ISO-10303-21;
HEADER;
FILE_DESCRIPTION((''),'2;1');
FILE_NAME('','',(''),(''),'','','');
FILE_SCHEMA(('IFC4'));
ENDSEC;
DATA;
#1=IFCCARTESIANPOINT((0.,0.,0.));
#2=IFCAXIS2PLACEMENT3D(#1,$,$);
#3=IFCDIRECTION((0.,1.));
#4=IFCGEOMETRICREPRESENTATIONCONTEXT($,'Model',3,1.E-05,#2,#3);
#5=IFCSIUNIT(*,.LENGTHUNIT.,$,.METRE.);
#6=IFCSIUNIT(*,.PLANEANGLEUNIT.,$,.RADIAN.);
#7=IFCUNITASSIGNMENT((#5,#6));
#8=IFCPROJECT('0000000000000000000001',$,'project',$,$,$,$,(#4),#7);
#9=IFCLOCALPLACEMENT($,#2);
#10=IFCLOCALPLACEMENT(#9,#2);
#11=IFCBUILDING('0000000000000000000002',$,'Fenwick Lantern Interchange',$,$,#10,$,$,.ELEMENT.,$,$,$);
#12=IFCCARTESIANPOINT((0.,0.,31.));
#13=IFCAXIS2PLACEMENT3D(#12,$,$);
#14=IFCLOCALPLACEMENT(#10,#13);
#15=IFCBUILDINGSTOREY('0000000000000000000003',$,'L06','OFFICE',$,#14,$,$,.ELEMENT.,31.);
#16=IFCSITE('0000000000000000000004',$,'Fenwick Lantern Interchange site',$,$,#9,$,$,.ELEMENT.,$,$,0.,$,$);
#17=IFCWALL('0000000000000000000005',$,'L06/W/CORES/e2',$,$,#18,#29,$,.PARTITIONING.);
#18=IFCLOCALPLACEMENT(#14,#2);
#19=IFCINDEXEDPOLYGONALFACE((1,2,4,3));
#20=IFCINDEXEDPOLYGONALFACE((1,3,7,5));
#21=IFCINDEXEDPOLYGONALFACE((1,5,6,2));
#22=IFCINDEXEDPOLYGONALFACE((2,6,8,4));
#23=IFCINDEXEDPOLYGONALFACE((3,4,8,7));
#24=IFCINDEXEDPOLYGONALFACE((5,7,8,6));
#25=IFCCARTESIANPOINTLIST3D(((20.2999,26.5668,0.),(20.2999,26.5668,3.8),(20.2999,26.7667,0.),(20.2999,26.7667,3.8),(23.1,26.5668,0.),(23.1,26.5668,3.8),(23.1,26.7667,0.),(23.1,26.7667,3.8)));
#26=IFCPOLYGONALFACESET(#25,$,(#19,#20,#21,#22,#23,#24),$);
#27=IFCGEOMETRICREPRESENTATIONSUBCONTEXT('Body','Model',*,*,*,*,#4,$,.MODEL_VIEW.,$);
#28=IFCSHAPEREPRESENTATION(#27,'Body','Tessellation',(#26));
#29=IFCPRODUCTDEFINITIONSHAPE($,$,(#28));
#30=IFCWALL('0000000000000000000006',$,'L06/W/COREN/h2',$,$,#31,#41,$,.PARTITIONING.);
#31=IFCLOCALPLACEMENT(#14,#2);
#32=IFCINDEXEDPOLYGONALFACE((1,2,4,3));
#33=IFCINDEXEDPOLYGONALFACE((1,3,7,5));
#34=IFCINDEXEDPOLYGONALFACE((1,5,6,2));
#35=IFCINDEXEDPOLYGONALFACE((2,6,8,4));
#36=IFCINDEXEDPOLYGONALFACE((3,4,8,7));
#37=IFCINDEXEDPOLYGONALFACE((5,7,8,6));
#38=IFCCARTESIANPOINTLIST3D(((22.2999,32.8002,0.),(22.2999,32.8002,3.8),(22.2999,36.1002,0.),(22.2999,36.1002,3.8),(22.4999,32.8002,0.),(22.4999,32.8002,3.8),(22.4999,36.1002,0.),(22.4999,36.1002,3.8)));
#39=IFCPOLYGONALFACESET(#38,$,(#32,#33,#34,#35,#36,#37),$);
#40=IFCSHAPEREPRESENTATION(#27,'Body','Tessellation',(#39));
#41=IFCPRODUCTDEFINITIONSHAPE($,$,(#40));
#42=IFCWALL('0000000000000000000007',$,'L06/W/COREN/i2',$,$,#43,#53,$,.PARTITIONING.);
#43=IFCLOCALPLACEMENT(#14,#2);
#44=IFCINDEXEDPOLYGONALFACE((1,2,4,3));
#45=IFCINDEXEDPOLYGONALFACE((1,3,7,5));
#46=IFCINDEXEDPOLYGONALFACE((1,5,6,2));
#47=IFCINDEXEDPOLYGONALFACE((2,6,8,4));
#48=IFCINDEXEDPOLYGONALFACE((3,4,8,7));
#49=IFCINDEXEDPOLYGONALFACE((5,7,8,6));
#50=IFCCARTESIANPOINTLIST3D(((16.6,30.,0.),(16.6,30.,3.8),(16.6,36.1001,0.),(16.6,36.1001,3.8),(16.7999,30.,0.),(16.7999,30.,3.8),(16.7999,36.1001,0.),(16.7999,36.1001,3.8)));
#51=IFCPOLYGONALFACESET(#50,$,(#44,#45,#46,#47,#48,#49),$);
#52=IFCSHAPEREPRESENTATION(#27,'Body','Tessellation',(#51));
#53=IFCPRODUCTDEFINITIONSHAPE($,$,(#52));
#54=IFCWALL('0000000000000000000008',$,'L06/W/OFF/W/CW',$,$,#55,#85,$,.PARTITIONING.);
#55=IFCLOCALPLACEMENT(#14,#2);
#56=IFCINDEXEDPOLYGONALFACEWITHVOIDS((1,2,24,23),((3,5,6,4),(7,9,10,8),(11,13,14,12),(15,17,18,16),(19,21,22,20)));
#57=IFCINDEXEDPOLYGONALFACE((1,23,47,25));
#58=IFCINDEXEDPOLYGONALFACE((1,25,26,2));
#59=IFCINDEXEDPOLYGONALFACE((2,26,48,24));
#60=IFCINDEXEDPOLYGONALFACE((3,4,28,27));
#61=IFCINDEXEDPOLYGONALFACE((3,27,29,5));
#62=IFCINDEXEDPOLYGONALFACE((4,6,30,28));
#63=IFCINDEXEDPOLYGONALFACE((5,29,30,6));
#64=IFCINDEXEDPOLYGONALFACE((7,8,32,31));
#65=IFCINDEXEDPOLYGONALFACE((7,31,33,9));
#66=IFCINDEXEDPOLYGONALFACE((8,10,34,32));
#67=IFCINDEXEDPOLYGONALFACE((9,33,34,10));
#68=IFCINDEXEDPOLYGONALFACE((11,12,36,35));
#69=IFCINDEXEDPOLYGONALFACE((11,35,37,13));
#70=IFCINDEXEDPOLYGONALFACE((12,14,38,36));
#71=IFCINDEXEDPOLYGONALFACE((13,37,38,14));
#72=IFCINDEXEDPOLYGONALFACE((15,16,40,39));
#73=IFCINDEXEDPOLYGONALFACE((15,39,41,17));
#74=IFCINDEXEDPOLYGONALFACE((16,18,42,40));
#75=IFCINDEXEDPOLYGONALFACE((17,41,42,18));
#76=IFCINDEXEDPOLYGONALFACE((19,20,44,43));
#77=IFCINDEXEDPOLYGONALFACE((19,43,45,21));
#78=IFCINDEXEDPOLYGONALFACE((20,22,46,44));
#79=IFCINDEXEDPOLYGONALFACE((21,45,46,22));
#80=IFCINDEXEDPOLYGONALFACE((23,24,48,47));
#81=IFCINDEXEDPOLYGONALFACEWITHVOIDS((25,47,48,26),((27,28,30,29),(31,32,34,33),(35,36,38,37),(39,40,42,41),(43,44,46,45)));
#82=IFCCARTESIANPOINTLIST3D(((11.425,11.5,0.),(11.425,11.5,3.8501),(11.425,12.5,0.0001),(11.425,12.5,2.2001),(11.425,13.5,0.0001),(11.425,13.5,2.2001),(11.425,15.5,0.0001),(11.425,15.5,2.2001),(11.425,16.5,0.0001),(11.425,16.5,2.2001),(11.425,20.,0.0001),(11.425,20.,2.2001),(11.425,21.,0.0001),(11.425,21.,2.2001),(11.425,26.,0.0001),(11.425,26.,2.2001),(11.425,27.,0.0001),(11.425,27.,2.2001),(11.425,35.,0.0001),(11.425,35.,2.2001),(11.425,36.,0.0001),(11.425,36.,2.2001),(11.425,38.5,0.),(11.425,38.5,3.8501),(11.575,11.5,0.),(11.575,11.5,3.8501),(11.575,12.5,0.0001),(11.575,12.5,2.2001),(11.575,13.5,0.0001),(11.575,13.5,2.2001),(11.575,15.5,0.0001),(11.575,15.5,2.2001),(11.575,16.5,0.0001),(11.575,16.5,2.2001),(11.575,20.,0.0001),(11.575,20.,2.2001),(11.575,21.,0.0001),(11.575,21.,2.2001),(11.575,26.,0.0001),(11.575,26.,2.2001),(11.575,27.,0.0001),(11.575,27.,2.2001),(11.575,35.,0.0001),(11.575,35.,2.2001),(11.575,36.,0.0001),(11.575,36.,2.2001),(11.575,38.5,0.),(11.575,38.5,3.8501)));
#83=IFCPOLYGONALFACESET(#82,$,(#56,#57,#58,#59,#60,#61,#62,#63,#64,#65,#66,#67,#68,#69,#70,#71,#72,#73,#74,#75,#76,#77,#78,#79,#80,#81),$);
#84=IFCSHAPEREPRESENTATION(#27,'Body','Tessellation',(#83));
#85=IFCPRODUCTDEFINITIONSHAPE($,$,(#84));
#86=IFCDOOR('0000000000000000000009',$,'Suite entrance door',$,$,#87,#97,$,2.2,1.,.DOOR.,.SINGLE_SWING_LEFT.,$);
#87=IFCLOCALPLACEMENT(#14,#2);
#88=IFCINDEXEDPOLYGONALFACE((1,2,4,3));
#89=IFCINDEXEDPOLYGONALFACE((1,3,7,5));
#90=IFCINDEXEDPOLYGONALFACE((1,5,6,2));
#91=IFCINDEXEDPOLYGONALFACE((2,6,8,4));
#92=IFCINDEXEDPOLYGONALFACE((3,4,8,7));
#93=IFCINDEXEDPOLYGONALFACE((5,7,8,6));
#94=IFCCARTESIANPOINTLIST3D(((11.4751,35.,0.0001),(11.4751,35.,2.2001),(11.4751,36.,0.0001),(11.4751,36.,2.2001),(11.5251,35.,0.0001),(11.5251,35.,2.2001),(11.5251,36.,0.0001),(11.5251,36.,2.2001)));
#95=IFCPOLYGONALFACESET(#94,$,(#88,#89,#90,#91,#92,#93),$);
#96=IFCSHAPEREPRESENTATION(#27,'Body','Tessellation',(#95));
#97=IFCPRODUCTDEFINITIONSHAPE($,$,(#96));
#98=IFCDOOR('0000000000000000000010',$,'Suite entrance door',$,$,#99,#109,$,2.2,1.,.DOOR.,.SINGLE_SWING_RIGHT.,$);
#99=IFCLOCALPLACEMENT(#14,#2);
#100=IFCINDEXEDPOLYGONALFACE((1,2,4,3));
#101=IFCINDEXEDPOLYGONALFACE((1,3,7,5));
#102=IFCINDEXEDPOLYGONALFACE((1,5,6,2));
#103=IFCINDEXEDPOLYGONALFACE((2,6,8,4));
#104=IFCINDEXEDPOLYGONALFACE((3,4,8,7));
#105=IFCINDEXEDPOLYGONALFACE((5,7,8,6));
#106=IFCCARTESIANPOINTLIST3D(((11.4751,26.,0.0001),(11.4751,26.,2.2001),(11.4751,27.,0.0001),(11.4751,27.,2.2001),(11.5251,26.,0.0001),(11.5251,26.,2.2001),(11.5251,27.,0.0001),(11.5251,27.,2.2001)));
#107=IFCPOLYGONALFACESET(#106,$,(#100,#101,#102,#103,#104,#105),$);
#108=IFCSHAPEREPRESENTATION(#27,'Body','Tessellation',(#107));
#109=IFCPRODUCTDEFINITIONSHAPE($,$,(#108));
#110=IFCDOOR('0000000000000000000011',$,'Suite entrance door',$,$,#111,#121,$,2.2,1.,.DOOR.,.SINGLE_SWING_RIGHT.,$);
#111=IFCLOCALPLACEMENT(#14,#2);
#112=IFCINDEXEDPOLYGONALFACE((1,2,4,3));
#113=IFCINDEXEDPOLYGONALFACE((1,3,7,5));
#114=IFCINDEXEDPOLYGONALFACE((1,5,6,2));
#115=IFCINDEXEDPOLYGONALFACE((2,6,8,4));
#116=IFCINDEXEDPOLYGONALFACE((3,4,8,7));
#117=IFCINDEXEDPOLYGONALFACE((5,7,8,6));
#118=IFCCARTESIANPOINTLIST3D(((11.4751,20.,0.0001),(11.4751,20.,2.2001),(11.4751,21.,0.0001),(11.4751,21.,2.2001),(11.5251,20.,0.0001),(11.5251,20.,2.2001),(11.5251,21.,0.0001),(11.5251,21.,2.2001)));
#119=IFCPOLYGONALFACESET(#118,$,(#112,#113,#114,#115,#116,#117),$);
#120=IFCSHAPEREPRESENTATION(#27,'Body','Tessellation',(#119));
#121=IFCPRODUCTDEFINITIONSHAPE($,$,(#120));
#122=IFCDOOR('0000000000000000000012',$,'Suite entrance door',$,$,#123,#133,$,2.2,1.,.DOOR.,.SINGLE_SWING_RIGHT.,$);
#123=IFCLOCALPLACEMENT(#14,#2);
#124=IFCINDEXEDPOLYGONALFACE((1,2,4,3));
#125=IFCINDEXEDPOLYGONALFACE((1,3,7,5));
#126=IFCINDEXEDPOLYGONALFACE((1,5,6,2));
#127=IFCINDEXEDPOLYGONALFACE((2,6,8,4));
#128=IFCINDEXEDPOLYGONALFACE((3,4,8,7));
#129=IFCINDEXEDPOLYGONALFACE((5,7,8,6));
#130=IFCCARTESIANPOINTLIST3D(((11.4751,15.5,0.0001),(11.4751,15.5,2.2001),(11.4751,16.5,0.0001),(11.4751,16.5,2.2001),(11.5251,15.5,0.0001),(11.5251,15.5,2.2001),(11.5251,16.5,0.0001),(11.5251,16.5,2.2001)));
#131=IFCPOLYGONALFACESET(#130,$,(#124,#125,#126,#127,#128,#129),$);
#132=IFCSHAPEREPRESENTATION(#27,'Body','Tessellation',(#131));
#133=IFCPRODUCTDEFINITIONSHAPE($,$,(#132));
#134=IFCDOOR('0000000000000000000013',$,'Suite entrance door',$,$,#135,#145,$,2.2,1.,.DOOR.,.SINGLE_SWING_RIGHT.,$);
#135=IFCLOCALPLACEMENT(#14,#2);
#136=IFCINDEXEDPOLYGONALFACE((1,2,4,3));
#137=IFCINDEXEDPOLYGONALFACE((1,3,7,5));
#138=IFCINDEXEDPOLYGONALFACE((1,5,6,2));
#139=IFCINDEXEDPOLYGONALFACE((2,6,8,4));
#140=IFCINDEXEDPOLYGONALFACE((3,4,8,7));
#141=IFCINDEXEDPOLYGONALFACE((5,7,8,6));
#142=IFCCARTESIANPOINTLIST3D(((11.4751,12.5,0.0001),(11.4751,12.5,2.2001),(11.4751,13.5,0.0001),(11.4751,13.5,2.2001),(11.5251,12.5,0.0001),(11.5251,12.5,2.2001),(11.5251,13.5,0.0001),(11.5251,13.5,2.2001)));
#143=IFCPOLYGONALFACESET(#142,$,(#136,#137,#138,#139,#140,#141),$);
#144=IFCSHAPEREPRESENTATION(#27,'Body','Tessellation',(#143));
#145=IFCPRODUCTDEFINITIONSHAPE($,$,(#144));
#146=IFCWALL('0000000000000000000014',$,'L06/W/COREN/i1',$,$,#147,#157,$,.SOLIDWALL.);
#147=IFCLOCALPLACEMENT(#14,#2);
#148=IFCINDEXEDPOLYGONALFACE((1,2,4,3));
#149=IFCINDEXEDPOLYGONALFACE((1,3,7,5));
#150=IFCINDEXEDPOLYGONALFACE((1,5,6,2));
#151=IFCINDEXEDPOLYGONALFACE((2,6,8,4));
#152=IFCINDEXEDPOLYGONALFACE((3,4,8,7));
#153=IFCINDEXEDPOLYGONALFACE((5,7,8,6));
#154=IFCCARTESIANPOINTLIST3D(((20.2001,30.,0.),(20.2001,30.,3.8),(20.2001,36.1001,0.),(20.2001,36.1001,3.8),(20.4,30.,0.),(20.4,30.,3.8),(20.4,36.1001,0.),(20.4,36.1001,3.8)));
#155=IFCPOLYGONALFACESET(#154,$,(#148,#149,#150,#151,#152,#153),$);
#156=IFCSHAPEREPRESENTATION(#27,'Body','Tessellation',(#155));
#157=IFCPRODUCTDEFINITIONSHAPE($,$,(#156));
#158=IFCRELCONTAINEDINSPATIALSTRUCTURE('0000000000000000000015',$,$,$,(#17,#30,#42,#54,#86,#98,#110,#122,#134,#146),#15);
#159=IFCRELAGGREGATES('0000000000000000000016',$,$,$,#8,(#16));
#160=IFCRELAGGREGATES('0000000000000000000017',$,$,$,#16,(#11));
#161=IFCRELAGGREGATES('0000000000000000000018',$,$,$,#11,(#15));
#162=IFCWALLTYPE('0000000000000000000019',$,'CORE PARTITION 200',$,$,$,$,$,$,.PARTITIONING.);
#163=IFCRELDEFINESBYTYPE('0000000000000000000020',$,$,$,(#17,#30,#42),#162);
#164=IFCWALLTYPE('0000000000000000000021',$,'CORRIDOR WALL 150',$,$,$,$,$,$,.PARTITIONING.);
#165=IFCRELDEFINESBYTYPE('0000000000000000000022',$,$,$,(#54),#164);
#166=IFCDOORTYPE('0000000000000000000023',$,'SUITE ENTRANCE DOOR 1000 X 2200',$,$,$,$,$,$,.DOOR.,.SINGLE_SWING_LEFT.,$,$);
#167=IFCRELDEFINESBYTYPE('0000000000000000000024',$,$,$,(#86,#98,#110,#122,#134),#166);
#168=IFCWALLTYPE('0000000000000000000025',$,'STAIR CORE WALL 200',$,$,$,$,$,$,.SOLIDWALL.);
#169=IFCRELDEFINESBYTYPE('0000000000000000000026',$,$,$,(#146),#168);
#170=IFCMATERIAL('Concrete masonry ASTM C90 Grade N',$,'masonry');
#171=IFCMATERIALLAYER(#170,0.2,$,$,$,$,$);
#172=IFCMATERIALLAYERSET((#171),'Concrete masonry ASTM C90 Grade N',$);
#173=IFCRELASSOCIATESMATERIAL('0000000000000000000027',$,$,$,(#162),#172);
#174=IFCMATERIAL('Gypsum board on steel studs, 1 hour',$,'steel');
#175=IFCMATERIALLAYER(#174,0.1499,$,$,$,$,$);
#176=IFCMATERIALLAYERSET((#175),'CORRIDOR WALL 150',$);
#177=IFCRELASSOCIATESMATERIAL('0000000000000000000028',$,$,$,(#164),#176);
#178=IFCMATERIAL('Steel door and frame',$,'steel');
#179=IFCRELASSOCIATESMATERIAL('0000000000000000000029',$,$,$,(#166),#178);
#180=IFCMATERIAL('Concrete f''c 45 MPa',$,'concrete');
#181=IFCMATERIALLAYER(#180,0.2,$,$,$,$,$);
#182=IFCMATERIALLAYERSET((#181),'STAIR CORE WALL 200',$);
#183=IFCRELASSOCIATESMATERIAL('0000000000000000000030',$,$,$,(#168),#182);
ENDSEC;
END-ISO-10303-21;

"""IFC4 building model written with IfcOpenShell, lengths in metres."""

from ifc_helpers import new_model, si_unit, direction, frame, frame_2d, origin, place, context, subcontext, project, spatial, rectangle, extrude, material, layer, layer_set, type_object, element, fill, save


model = new_model("IFC4")

# Units and contexts
model_context = context("Model", 3, precision=1e-05, world=origin(), true_north=direction((0.0, 1.0)))
body_context = subcontext(model_context, "Body", "Model", "MODEL_VIEW")
ifc_project = project(units=[si_unit("LENGTHUNIT", "METRE"), si_unit("PLANEANGLEUNIT", "RADIAN")], contexts=[model_context])

# Site, building, storey
site_placement = place(None, origin())
site = spatial("IfcSite", under=ifc_project, at=site_placement, Name="Fenwick Lantern Interchange site", CompositionType="ELEMENT", RefElevation=0.0)
building_placement = place(site_placement, origin())
building = spatial("IfcBuilding", under=site, at=building_placement, Name="Fenwick Lantern Interchange", CompositionType="ELEMENT")
storey_placement = place(building_placement, frame((0.0, 0.0, 31.0)))
storey = spatial("IfcBuildingStorey", under=building, at=storey_placement, Name="L06", Description="OFFICE", CompositionType="ELEMENT", Elevation=31.0)

# Walls
ifc_material_1 = material(Name="Concrete masonry ASTM C90 Grade N", Category="masonry")
ifc_layer_1 = layer(ifc_material_1, 0.2)
ifc_layer_set_1 = layer_set([ifc_layer_1], Name="Concrete masonry ASTM C90 Grade N")
wall_type_1 = type_object("IfcWallType", Name="CORE PARTITION 200", PredefinedType="PARTITIONING", material=ifc_layer_set_1)
for number, where, z_axis, x_axis, name in (
    (1, (20.3, 26.6667, 0.0), (0.0, 0.0, 1.0), (1.0, 0.0, 0.0), "L06/W/CORES/e2"),
):
    element("IfcWall", number, at=place(storey_placement, frame(where, z_axis=z_axis, x_axis=x_axis)), inside=storey, type_object=wall_type_1, Name=name, PredefinedType="PARTITIONING", context=body_context, shape_type="SweptSolid", body=[
        extrude(rectangle(XDim=2.8, YDim=0.2, at=frame_2d((1.3999, 0.0))), origin(), (0.0, 0.0, 1.0), 3.8),
    ])
wall_1_placement = place(storey_placement, frame((22.3999, 36.1001, 0.0), z_axis=(0.0, 0.0, 1.0), x_axis=(0.0, -1.0, 0.0)))
element("IfcWall", 2, at=wall_1_placement, inside=storey, type_object=wall_type_1, Name="L06/W/COREN/h2", PredefinedType="PARTITIONING", context=body_context, shape_type="SweptSolid", body=[
    extrude(rectangle(XDim=3.3, YDim=0.2, at=frame_2d((1.6499, 0.0))), origin(), (0.0, 0.0, 1.0), 3.8),
])
wall_2_placement = place(storey_placement, frame((16.7, 36.1001, 0.0), z_axis=(0.0, 0.0, 1.0), x_axis=(0.0, -1.0, 0.0)))
element("IfcWall", 3, at=wall_2_placement, inside=storey, type_object=wall_type_1, Name="L06/W/COREN/i2", PredefinedType="PARTITIONING", context=body_context, shape_type="SweptSolid", body=[
    extrude(rectangle(XDim=6.1001, YDim=0.2, at=frame_2d((3.05, 0.0))), origin(), (0.0, 0.0, 1.0), 3.8),
])

# Wall, openings, doors
ifc_material_2 = material(Name="Steel door and frame", Category="steel")
ifc_material_3 = material(Name="Gypsum board on steel studs, 1 hour", Category="steel")
ifc_layer_2 = layer(ifc_material_3, 0.1499)
ifc_layer_set_2 = layer_set([ifc_layer_2], Name="CORRIDOR WALL 150")
wall_type_2 = type_object("IfcWallType", Name="CORRIDOR WALL 150", PredefinedType="PARTITIONING", material=ifc_layer_set_2)
wall_3_placement = place(storey_placement, frame((11.5, 38.5, 0.0), z_axis=(0.0, 0.0, 1.0), x_axis=(0.0, -1.0, 0.0)))
wall_3 = element("IfcWall", 4, at=wall_3_placement, inside=storey, type_object=wall_type_2, Name="L06/W/OFF/W/CW", PredefinedType="PARTITIONING", context=body_context, shape_type="SweptSolid", body=[
    extrude(rectangle(XDim=27.0, YDim=0.1499, at=frame_2d((13.5, 0.0))), origin(), (0.0, 0.0, 1.0), 3.8501),
])
opening_1_placement = place(wall_3_placement, frame((2.5, 0.0, 0.0)))
opening_1 = element("IfcOpeningElement", 5, at=opening_1_placement, cuts=wall_3, PredefinedType="OPENING", context=body_context, shape_type="SweptSolid", body=[
    extrude(rectangle(XDim=1.0, YDim=2.2, at=frame_2d((0.5, 1.1001))), frame((0.0, 0.085, 0.0), z_axis=(0.0, -1.0, 0.0), x_axis=(1.0, 0.0, 0.0)), (0.0, 0.0, 1.0), 0.1699),
])
opening_2_placement = place(wall_3_placement, frame((11.5, 0.0, 0.0)))
opening_2 = element("IfcOpeningElement", 6, at=opening_2_placement, cuts=wall_3, PredefinedType="OPENING", context=body_context, shape_type="SweptSolid", body=[
    extrude(rectangle(XDim=1.0, YDim=2.2, at=frame_2d((0.5, 1.1001))), frame((0.0, 0.085, 0.0), z_axis=(0.0, -1.0, 0.0), x_axis=(1.0, 0.0, 0.0)), (0.0, 0.0, 1.0), 0.1699),
])
opening_3_placement = place(wall_3_placement, frame((17.5, 0.0, 0.0)))
opening_3 = element("IfcOpeningElement", 7, at=opening_3_placement, cuts=wall_3, PredefinedType="OPENING", context=body_context, shape_type="SweptSolid", body=[
    extrude(rectangle(XDim=1.0, YDim=2.2, at=frame_2d((0.5, 1.1001))), frame((0.0, 0.085, 0.0), z_axis=(0.0, -1.0, 0.0), x_axis=(1.0, 0.0, 0.0)), (0.0, 0.0, 1.0), 0.1699),
])
opening_4_placement = place(wall_3_placement, frame((22.0, 0.0, 0.0)))
opening_4 = element("IfcOpeningElement", 8, at=opening_4_placement, cuts=wall_3, PredefinedType="OPENING", context=body_context, shape_type="SweptSolid", body=[
    extrude(rectangle(XDim=1.0, YDim=2.2, at=frame_2d((0.5, 1.1001))), frame((0.0, 0.085, 0.0), z_axis=(0.0, -1.0, 0.0), x_axis=(1.0, 0.0, 0.0)), (0.0, 0.0, 1.0), 0.1699),
])
opening_5_placement = place(wall_3_placement, frame((25.0, 0.0, 0.0)))
opening_5 = element("IfcOpeningElement", 9, at=opening_5_placement, cuts=wall_3, PredefinedType="OPENING", context=body_context, shape_type="SweptSolid", body=[
    extrude(rectangle(XDim=1.0, YDim=2.2, at=frame_2d((0.5, 1.1001))), frame((0.0, 0.085, 0.0), z_axis=(0.0, -1.0, 0.0), x_axis=(1.0, 0.0, 0.0)), (0.0, 0.0, 1.0), 0.1699),
])
door_type_1 = type_object("IfcDoorType", Name="SUITE ENTRANCE DOOR 1000 X 2200", OperationType="SINGLE_SWING_LEFT", PredefinedType="DOOR", material=ifc_material_2)
door_1_placement = place(opening_1_placement, frame((1.0, 0.0, 0.0), z_axis=(0.0, 0.0, 1.0), x_axis=(-1.0, 0.0, 0.0)))
door_1 = element("IfcDoor", 10, at=door_1_placement, inside=storey, type_object=door_type_1, Name="Suite entrance door", OperationType="SINGLE_SWING_LEFT", OverallHeight=2.2, OverallWidth=1.0, PredefinedType="DOOR", context=body_context, shape_type="SweptSolid", body=[
    extrude(rectangle(XDim=1.0, YDim=2.2, at=frame_2d((0.5, 1.1001))), frame((0.0, 0.0249, 0.0), z_axis=(0.0, -1.0, 0.0), x_axis=(1.0, 0.0, 0.0)), (0.0, 0.0, 1.0), 0.05),
])
fill(opening_1, door_1)
door_2_placement = place(opening_2_placement, frame((1.0, 0.0, 0.0), z_axis=(0.0, 0.0, 1.0), x_axis=(-1.0, 0.0, 0.0)))
door_2 = element("IfcDoor", 11, at=door_2_placement, inside=storey, type_object=door_type_1, Name="Suite entrance door", OperationType="SINGLE_SWING_RIGHT", OverallHeight=2.2, OverallWidth=1.0, PredefinedType="DOOR", context=body_context, shape_type="SweptSolid", body=[
    extrude(rectangle(XDim=1.0, YDim=2.2, at=frame_2d((0.5, 1.1001))), frame((0.0, 0.0249, 0.0), z_axis=(0.0, -1.0, 0.0), x_axis=(1.0, 0.0, 0.0)), (0.0, 0.0, 1.0), 0.05),
])
fill(opening_2, door_2)
door_3_placement = place(opening_3_placement, frame((1.0, 0.0, 0.0), z_axis=(0.0, 0.0, 1.0), x_axis=(-1.0, 0.0, 0.0)))
door_3 = element("IfcDoor", 12, at=door_3_placement, inside=storey, type_object=door_type_1, Name="Suite entrance door", OperationType="SINGLE_SWING_RIGHT", OverallHeight=2.2, OverallWidth=1.0, PredefinedType="DOOR", context=body_context, shape_type="SweptSolid", body=[
    extrude(rectangle(XDim=1.0, YDim=2.2, at=frame_2d((0.5, 1.1001))), frame((0.0, 0.0249, 0.0), z_axis=(0.0, -1.0, 0.0), x_axis=(1.0, 0.0, 0.0)), (0.0, 0.0, 1.0), 0.05),
])
fill(opening_3, door_3)
door_4_placement = place(opening_4_placement, frame((1.0, 0.0, 0.0), z_axis=(0.0, 0.0, 1.0), x_axis=(-1.0, 0.0, 0.0)))
door_4 = element("IfcDoor", 13, at=door_4_placement, inside=storey, type_object=door_type_1, Name="Suite entrance door", OperationType="SINGLE_SWING_RIGHT", OverallHeight=2.2, OverallWidth=1.0, PredefinedType="DOOR", context=body_context, shape_type="SweptSolid", body=[
    extrude(rectangle(XDim=1.0, YDim=2.2, at=frame_2d((0.5, 1.1001))), frame((0.0, 0.0249, 0.0), z_axis=(0.0, -1.0, 0.0), x_axis=(1.0, 0.0, 0.0)), (0.0, 0.0, 1.0), 0.05),
])
fill(opening_4, door_4)
door_5_placement = place(opening_5_placement, frame((1.0, 0.0, 0.0), z_axis=(0.0, 0.0, 1.0), x_axis=(-1.0, 0.0, 0.0)))
door_5 = element("IfcDoor", 14, at=door_5_placement, inside=storey, type_object=door_type_1, Name="Suite entrance door", OperationType="SINGLE_SWING_RIGHT", OverallHeight=2.2, OverallWidth=1.0, PredefinedType="DOOR", context=body_context, shape_type="SweptSolid", body=[
    extrude(rectangle(XDim=1.0, YDim=2.2, at=frame_2d((0.5, 1.1001))), frame((0.0, 0.0249, 0.0), z_axis=(0.0, -1.0, 0.0), x_axis=(1.0, 0.0, 0.0)), (0.0, 0.0, 1.0), 0.05),
])
fill(opening_5, door_5)

# Wall
ifc_material_4 = material(Name="Concrete f'c 45 MPa", Category="concrete")
ifc_layer_3 = layer(ifc_material_4, 0.2)
ifc_layer_set_3 = layer_set([ifc_layer_3], Name="STAIR CORE WALL 200")
wall_type_3 = type_object("IfcWallType", Name="STAIR CORE WALL 200", PredefinedType="SOLIDWALL", material=ifc_layer_set_3)
wall_4_placement = place(storey_placement, frame((20.3, 36.1001, 0.0), z_axis=(0.0, 0.0, 1.0), x_axis=(0.0, -1.0, 0.0)))
element("IfcWall", 15, at=wall_4_placement, inside=storey, type_object=wall_type_3, Name="L06/W/COREN/i1", PredefinedType="SOLIDWALL", context=body_context, shape_type="SweptSolid", body=[
    extrude(rectangle(XDim=6.1001, YDim=0.2, at=frame_2d((3.05, 0.0))), origin(), (0.0, 0.0, 1.0), 3.8),
])

save(model, "model.ifc")
